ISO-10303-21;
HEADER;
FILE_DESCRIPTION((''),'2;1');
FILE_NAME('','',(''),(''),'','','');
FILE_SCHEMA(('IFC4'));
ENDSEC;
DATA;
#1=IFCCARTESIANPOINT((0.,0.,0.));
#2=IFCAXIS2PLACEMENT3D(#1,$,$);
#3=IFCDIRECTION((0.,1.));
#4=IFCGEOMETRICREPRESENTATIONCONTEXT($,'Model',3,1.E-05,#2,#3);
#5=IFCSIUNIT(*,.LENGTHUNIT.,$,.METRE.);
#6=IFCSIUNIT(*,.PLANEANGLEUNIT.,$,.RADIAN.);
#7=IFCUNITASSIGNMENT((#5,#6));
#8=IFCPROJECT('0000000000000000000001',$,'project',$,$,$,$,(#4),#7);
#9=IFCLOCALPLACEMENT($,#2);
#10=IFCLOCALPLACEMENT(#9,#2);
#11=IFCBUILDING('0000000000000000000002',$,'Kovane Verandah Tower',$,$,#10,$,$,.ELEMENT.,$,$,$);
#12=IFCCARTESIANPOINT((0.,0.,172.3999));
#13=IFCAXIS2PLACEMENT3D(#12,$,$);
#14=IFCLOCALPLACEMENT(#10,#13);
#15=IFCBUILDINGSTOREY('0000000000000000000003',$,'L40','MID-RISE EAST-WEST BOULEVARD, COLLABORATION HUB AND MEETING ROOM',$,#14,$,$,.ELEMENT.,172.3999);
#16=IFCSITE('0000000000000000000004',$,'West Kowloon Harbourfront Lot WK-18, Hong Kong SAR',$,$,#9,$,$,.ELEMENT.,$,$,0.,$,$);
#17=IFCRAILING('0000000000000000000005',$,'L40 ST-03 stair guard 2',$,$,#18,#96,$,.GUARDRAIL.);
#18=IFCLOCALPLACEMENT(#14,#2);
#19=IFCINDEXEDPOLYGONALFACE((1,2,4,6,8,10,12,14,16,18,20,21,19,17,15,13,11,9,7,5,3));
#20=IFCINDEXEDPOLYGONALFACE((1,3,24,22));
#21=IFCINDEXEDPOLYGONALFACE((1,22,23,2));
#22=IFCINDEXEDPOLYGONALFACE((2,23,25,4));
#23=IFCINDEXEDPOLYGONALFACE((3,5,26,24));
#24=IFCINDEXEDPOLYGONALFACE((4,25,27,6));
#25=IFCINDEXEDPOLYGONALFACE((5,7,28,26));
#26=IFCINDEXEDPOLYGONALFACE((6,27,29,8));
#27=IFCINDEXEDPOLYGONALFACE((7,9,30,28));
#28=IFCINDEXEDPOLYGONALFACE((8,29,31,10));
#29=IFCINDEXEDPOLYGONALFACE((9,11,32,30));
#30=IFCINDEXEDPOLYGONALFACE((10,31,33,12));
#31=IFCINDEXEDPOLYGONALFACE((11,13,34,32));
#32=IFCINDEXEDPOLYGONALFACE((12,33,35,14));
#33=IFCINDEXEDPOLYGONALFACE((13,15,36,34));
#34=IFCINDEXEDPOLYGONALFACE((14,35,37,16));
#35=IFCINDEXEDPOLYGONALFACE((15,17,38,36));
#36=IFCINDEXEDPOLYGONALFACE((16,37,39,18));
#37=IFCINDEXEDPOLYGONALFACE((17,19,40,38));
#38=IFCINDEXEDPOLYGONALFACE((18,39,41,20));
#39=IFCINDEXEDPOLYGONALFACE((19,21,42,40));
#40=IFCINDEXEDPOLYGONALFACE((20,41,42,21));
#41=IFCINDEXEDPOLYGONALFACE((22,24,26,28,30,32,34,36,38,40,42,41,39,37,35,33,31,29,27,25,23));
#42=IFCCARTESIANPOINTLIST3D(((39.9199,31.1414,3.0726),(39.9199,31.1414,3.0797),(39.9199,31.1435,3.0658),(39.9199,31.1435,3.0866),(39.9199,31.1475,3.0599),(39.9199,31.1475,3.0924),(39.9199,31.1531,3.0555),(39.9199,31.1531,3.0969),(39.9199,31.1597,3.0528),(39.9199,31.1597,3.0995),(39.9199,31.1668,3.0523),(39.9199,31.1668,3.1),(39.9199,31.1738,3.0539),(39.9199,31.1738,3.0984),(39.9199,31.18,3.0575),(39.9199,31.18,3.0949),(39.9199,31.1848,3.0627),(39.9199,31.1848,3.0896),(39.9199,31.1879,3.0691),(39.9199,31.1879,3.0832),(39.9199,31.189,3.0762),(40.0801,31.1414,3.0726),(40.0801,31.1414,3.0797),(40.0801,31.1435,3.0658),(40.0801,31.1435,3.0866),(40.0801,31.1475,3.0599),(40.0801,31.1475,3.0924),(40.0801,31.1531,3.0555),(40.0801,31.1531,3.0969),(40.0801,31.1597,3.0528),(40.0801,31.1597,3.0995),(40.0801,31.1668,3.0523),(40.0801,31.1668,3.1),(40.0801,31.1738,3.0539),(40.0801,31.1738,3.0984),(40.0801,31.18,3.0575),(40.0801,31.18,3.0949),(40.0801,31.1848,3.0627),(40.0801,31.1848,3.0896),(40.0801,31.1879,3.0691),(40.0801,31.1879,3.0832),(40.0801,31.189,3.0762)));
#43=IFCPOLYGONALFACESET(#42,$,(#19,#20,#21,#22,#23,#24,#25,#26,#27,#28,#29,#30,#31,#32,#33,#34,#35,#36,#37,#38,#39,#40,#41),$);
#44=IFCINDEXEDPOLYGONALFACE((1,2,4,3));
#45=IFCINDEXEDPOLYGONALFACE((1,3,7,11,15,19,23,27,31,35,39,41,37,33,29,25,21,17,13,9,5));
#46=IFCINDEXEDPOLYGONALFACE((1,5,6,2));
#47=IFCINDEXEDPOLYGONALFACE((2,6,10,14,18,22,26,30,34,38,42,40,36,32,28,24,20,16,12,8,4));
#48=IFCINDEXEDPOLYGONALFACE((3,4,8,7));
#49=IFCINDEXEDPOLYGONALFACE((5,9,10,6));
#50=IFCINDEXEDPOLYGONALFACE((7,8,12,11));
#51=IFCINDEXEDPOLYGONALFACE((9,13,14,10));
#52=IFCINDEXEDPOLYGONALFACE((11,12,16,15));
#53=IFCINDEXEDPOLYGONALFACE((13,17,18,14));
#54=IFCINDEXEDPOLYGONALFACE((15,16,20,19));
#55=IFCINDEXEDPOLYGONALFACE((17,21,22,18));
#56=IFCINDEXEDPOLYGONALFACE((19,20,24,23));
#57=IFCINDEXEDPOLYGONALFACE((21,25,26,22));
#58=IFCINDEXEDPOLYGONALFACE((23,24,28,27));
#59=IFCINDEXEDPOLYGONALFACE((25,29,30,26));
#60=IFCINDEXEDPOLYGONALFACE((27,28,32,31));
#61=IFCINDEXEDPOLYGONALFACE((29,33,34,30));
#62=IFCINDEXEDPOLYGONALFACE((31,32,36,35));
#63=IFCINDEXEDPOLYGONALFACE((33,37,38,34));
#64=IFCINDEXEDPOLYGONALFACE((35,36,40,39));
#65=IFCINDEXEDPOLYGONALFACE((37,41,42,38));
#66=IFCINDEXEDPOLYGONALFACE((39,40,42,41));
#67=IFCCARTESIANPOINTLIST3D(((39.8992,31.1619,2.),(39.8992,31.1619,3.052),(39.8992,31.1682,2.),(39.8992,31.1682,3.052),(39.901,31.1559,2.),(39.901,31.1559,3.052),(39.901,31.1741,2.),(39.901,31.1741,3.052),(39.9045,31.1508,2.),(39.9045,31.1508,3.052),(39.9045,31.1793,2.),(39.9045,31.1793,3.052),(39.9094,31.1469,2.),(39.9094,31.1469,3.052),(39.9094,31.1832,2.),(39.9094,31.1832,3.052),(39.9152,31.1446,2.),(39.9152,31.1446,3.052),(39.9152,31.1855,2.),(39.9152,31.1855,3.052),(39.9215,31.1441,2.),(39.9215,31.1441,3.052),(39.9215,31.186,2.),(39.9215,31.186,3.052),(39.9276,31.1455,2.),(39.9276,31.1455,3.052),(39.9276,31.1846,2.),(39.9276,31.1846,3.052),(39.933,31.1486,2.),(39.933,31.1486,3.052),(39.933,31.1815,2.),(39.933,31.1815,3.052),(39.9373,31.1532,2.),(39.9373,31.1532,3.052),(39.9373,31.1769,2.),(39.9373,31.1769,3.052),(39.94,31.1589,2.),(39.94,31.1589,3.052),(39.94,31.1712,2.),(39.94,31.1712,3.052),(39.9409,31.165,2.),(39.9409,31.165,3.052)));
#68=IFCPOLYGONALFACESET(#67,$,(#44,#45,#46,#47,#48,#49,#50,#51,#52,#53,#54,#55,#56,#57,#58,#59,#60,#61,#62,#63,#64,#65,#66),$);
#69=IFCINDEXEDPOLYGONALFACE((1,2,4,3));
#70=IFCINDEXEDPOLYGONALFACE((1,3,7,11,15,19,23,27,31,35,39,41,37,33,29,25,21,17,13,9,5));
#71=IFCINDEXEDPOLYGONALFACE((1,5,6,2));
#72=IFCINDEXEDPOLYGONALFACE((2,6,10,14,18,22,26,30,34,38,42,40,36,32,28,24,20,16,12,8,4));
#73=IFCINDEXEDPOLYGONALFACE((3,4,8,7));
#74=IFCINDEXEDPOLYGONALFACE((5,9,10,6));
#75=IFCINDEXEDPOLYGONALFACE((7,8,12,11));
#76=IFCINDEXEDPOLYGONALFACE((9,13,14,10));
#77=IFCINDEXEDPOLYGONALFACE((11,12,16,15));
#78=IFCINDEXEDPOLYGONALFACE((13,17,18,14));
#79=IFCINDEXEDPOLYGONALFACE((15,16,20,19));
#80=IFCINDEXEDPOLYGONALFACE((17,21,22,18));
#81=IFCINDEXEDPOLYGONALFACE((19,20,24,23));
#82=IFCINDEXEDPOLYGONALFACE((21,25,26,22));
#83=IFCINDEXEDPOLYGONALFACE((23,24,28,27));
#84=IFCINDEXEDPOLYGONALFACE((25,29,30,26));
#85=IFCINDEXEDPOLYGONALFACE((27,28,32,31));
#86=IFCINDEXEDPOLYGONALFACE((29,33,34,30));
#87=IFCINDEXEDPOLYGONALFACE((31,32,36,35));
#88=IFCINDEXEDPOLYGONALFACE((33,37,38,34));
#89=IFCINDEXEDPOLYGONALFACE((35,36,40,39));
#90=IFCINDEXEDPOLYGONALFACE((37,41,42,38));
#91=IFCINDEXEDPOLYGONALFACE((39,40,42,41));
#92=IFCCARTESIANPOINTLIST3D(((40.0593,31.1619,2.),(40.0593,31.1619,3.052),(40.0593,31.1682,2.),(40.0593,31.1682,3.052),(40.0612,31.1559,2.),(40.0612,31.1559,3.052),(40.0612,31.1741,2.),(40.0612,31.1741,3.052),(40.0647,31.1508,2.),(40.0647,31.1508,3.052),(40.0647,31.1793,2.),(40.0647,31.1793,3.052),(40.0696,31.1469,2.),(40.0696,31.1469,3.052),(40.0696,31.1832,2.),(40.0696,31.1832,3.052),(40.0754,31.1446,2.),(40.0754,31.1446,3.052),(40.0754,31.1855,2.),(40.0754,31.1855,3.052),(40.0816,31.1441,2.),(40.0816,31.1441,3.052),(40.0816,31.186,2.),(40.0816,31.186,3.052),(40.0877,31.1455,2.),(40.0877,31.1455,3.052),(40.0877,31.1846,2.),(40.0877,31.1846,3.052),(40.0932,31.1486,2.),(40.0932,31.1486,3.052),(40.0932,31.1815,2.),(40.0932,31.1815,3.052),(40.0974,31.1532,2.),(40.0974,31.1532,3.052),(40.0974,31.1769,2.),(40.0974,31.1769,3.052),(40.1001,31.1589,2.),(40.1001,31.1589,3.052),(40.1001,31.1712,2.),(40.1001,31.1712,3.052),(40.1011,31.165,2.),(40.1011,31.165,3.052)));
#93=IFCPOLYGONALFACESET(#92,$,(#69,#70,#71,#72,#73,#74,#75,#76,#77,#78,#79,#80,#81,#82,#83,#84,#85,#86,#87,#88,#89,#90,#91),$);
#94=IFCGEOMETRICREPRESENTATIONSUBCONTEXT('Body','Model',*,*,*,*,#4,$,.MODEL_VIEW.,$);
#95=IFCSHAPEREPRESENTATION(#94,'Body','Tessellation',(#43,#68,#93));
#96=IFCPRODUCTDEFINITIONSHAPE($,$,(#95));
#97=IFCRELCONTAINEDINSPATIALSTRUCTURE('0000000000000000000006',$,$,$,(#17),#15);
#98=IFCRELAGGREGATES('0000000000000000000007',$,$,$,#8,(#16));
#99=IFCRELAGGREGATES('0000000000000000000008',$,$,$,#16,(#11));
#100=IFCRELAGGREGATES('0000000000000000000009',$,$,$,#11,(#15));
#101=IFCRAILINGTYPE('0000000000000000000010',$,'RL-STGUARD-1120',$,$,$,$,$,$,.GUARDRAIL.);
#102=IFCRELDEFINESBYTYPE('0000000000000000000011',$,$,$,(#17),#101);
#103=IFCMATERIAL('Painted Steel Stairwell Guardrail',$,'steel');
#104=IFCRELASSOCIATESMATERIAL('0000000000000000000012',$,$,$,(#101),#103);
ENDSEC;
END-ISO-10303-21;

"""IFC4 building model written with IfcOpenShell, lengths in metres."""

from ifc_helpers import new_model, si_unit, direction, frame, origin, origin_2d, place, context, subcontext, project, spatial, circle, extrude, material, type_object, element, save


model = new_model("IFC4")

# Units and contexts
model_context = context("Model", 3, precision=1e-05, world=origin(), true_north=direction((0.0, 1.0)))
body_context = subcontext(model_context, "Body", "Model", "MODEL_VIEW")
ifc_project = project(units=[si_unit("LENGTHUNIT", "METRE"), si_unit("PLANEANGLEUNIT", "RADIAN")], contexts=[model_context])

# Site, building, storey
site_placement = place(None, origin())
site = spatial("IfcSite", under=ifc_project, at=site_placement, Name="West Kowloon Harbourfront Lot WK-18, Hong Kong SAR", CompositionType="ELEMENT", RefElevation=0.0)
building_placement = place(site_placement, origin())
building = spatial("IfcBuilding", under=site, at=building_placement, Name="Kovane Verandah Tower", CompositionType="ELEMENT")
storey_placement = place(building_placement, frame((0.0, 0.0, 172.3999)))
storey = spatial("IfcBuildingStorey", under=building, at=storey_placement, Name="L40", Description="MID-RISE EAST-WEST BOULEVARD, COLLABORATION HUB AND MEETING ROOM", CompositionType="ELEMENT", Elevation=172.3999)

# Railing
ifc_material_1 = material(Name="Painted Steel Stairwell Guardrail", Category="steel")
railing_type_1 = type_object("IfcRailingType", Name="RL-STGUARD-1120", PredefinedType="GUARDRAIL", material=ifc_material_1)
railing_1_placement = place(storey_placement, frame((39.9199, 31.165, 2.0)))
element("IfcRailing", 1, at=railing_1_placement, inside=storey, type_object=railing_type_1, Name="L40 ST-03 stair guard 2", PredefinedType="GUARDRAIL", context=body_context, shape_type="SweptSolid", body=[
    extrude(circle(Radius=0.0239, at=origin_2d()), frame((0.0, 0.0, 1.0762), z_axis=(1.0, 0.0, 0.0), x_axis=(0.0, 1.0, 0.0)), (0.0, 0.0, 1.0), 0.1602),
    extrude(circle(Radius=0.021, at=origin_2d()), origin(), (0.0, 0.0, 1.0), 1.052),
    extrude(circle(Radius=0.021, at=origin_2d()), frame((0.1602, 0.0, 0.0)), (0.0, 0.0, 1.0), 1.052),
])

save(model, "model.ifc")
